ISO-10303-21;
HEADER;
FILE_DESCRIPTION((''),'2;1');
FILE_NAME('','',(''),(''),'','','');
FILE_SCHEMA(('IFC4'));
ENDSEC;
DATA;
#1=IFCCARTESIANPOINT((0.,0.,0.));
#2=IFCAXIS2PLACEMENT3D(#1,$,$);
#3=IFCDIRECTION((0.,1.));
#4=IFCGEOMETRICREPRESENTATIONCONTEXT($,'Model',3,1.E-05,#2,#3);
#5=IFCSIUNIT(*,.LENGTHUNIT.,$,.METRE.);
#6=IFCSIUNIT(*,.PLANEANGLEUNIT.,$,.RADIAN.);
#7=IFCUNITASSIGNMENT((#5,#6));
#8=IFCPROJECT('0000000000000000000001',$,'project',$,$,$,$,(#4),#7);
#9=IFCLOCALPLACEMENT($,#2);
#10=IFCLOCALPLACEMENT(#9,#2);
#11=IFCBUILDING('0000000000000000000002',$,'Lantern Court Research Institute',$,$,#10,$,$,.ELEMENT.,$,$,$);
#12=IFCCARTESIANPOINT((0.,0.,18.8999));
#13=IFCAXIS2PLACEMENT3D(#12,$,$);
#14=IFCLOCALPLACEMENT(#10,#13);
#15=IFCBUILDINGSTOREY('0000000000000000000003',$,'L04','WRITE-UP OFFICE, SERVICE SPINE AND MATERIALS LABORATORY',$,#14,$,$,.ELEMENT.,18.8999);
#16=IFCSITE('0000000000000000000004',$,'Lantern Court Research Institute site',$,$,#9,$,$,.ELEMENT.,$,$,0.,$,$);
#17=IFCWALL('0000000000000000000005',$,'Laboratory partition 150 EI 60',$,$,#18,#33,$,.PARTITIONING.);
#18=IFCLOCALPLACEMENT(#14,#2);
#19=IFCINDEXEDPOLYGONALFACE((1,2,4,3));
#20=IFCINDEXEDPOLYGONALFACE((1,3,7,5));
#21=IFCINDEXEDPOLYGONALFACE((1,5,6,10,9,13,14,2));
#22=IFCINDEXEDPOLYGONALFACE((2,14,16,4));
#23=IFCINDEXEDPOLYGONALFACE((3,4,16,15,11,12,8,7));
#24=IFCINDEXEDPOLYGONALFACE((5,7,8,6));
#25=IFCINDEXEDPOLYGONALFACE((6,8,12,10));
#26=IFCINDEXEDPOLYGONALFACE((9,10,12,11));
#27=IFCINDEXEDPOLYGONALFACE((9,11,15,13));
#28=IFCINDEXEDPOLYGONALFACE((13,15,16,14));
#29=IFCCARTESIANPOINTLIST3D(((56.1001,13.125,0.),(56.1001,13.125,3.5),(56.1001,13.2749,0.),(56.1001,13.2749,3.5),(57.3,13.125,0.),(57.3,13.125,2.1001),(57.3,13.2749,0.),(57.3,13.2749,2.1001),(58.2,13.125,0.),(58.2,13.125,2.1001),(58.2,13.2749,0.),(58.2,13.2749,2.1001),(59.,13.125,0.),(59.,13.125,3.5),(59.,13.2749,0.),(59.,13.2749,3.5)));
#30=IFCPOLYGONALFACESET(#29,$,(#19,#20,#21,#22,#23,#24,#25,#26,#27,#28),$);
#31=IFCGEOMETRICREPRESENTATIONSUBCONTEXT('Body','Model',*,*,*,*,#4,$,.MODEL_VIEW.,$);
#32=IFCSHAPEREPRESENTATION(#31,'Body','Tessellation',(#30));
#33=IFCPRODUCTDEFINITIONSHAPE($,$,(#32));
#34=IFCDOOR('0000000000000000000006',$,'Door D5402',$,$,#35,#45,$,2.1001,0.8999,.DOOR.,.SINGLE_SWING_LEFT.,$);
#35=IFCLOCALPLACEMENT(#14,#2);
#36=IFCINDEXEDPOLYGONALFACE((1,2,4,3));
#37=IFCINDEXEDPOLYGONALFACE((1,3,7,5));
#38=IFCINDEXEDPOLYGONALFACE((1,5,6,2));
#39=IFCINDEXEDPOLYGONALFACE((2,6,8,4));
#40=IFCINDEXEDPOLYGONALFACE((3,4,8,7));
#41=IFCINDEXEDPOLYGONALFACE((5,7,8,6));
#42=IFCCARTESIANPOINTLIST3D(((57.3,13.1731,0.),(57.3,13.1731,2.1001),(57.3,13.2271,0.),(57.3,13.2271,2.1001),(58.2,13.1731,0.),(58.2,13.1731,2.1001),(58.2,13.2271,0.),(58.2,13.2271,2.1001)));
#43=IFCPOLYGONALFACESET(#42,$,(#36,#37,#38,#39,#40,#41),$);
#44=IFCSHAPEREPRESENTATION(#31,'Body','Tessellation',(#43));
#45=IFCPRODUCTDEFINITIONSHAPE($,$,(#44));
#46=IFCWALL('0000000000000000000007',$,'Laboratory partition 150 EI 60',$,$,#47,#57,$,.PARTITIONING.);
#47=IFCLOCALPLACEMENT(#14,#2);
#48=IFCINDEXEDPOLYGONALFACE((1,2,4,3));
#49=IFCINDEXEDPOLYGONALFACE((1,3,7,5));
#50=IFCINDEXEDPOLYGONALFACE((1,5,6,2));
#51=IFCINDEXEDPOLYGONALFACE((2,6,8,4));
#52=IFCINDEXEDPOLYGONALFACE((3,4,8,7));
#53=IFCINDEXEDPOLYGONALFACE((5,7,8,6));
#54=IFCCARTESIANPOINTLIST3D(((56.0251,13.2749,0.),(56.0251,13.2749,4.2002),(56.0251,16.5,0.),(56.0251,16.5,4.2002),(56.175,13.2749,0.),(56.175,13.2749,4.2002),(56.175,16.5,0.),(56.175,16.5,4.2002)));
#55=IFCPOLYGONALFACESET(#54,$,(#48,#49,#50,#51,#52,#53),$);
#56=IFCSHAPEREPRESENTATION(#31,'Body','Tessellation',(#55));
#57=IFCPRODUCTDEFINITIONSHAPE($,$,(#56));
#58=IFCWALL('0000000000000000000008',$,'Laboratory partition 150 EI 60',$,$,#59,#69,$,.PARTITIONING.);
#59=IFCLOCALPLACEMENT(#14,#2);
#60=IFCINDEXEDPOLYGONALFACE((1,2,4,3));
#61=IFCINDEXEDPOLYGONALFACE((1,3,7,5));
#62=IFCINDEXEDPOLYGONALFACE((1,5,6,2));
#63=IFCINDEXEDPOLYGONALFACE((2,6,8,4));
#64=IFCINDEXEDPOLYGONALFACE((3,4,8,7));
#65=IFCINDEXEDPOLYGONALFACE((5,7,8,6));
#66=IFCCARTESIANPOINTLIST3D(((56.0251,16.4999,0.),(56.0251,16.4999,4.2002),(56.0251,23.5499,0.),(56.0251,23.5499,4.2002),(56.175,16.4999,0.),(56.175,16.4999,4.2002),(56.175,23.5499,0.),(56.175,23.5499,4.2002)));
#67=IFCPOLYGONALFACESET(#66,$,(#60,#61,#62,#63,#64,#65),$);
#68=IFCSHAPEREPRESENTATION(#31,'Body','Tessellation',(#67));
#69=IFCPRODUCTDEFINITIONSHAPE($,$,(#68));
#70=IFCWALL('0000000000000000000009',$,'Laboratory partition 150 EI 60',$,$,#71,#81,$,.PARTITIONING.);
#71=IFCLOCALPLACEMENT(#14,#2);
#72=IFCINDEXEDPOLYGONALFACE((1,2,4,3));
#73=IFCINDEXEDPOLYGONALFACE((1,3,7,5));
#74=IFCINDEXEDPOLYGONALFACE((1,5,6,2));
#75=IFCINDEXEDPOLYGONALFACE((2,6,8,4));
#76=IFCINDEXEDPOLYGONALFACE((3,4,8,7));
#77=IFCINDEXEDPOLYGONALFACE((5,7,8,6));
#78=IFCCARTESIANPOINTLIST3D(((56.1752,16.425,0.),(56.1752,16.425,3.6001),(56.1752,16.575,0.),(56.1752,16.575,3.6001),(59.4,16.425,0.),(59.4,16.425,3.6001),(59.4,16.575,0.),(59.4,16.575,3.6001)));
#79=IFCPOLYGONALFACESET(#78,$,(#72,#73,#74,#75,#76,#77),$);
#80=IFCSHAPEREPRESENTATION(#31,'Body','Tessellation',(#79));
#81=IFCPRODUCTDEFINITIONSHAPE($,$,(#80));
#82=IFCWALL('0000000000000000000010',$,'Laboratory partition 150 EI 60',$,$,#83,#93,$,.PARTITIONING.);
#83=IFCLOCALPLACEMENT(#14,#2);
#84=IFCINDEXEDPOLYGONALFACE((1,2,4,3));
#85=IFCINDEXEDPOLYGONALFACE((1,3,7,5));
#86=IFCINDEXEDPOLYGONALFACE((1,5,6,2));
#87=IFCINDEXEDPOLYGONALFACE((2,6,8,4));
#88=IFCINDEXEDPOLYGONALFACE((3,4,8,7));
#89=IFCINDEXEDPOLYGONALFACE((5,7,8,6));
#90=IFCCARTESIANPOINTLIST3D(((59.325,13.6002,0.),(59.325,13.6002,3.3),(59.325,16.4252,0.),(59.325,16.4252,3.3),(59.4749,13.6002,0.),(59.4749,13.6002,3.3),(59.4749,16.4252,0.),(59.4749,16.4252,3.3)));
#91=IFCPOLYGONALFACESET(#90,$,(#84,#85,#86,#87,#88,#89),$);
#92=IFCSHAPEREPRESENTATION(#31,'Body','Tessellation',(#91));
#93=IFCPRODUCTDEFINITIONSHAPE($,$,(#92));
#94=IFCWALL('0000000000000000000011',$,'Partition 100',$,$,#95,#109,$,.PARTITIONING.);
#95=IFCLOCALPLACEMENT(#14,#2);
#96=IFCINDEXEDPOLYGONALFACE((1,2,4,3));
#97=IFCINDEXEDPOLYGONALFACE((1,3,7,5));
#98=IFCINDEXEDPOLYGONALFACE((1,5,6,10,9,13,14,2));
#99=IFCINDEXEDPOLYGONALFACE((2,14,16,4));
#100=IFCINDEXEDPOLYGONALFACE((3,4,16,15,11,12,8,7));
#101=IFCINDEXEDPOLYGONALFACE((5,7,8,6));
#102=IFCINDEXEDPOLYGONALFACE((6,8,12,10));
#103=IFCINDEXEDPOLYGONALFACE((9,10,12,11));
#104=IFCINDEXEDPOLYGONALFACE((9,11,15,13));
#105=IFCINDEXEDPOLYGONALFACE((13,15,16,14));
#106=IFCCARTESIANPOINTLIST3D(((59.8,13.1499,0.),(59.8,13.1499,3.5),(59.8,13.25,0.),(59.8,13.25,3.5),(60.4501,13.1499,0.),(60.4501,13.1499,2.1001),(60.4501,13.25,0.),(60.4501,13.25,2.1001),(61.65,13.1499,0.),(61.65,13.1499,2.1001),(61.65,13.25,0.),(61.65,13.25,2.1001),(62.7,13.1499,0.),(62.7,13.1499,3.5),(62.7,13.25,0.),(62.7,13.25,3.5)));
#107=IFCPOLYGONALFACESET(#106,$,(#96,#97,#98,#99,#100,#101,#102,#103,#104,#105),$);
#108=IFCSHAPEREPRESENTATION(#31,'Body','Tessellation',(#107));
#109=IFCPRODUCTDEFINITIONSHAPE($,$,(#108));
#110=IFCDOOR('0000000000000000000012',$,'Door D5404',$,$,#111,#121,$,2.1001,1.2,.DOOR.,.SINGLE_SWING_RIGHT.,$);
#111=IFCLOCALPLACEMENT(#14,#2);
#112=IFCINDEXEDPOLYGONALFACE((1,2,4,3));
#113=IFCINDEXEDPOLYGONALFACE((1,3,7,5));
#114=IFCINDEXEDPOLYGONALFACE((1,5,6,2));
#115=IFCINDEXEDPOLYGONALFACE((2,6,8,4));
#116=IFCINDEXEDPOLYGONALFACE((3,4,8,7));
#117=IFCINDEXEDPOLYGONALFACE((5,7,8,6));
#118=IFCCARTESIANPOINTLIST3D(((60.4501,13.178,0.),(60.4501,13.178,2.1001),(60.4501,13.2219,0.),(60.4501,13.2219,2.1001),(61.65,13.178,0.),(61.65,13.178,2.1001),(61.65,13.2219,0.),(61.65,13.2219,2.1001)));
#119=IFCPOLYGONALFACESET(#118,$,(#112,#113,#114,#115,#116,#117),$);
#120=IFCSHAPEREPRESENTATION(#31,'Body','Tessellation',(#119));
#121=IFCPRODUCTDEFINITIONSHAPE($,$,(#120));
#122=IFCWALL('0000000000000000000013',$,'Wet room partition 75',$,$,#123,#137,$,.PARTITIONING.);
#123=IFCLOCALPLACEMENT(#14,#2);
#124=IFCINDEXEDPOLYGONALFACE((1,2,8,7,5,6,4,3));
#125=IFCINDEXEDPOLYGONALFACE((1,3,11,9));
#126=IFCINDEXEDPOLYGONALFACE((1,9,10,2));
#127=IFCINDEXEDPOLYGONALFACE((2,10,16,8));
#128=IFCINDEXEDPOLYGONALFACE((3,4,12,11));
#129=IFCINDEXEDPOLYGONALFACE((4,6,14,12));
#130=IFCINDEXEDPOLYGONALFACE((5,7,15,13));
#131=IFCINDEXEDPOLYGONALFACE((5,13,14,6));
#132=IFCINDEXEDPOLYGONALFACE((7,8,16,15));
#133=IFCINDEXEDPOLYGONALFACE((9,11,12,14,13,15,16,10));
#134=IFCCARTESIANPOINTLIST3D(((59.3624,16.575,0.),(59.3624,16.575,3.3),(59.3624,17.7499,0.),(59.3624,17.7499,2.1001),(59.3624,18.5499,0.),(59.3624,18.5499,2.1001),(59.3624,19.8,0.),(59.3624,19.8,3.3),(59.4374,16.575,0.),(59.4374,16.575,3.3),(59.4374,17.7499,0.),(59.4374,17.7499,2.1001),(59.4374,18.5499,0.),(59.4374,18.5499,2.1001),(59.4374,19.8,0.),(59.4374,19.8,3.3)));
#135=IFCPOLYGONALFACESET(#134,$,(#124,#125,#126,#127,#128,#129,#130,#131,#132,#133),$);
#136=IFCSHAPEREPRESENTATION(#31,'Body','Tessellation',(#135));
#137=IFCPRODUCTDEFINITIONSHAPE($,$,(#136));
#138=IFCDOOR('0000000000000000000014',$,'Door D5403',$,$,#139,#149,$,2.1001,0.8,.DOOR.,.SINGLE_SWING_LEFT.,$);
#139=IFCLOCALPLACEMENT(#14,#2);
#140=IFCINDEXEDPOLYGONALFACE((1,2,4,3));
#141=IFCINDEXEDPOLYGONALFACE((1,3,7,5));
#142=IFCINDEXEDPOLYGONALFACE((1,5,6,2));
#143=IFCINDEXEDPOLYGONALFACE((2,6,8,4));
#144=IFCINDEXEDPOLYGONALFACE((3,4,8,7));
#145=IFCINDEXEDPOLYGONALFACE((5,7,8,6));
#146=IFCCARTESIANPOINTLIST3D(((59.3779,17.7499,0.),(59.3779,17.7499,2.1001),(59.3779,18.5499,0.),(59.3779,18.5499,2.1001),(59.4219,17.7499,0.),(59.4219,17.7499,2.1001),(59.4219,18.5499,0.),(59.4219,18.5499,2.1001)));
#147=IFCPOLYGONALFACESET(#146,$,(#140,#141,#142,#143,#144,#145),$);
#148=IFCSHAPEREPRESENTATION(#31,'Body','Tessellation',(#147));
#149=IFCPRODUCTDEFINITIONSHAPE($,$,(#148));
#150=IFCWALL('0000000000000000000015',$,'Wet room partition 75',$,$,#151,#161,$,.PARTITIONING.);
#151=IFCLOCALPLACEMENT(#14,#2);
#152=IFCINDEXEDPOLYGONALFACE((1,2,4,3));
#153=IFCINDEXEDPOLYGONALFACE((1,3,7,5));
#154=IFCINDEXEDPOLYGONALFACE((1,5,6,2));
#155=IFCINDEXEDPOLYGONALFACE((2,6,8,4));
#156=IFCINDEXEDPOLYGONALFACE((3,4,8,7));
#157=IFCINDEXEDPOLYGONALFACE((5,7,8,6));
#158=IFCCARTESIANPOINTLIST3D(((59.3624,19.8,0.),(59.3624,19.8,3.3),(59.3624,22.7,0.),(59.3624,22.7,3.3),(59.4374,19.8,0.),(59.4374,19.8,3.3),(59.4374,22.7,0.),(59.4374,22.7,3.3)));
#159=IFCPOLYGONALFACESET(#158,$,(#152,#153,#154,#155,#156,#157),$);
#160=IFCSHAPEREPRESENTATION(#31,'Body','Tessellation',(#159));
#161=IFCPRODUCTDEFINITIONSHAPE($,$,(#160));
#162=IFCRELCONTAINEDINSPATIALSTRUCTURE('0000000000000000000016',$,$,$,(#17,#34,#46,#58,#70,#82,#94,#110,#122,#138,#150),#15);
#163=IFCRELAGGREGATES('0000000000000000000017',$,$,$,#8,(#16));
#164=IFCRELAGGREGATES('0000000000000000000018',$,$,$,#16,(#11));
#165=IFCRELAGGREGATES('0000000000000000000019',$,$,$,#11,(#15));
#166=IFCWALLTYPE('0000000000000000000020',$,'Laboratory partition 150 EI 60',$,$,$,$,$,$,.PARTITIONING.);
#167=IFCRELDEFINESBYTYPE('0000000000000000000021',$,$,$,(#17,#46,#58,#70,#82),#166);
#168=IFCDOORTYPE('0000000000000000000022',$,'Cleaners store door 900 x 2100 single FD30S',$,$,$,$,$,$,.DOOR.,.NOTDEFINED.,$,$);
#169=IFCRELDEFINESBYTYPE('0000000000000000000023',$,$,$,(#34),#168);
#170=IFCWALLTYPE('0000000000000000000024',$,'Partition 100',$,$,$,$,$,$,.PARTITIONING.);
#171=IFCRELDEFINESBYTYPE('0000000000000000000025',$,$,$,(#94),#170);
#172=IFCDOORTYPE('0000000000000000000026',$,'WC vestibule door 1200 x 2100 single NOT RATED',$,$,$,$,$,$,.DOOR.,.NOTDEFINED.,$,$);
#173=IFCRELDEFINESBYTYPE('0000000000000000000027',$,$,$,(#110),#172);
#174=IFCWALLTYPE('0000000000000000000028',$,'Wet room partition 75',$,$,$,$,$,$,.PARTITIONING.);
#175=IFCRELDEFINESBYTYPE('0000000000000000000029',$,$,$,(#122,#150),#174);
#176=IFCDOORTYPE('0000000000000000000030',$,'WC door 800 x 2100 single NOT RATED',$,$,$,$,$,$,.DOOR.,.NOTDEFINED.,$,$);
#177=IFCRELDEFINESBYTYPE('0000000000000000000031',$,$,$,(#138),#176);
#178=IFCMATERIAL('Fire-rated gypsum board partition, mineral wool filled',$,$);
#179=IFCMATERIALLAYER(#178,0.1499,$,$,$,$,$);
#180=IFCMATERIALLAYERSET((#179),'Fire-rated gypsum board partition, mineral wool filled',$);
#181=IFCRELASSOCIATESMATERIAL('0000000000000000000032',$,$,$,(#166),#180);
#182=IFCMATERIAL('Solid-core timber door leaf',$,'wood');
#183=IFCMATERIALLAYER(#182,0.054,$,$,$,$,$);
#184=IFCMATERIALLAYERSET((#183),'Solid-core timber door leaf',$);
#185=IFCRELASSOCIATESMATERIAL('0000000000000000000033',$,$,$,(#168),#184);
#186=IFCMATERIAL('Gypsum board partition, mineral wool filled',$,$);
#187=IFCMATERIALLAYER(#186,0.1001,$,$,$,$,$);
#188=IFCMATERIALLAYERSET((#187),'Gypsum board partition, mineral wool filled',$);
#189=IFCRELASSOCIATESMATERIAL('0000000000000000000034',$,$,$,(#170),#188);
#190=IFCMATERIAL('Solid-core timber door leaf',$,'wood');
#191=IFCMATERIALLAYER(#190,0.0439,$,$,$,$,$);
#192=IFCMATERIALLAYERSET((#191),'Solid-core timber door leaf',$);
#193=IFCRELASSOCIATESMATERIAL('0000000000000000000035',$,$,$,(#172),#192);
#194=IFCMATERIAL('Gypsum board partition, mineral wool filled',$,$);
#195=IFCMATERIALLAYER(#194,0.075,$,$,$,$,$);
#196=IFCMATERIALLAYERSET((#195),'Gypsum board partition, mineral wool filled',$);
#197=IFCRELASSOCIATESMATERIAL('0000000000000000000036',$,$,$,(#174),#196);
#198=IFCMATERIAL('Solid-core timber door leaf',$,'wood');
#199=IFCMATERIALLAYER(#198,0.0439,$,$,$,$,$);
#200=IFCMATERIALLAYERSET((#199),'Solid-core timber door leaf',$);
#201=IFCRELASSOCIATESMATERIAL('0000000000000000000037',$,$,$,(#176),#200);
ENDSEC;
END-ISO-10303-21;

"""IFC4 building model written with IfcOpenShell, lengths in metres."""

from ifc_helpers import new_model, si_unit, direction, frame, frame_2d, origin, place, context, subcontext, project, spatial, rectangle, extrude, material, layer, layer_set, type_object, element, fill, save


model = new_model("IFC4")

# Units and contexts
model_context = context("Model", 3, precision=1e-05, world=origin(), true_north=direction((0.0, 1.0)))
body_context = subcontext(model_context, "Body", "Model", "MODEL_VIEW")
ifc_project = project(units=[si_unit("LENGTHUNIT", "METRE"), si_unit("PLANEANGLEUNIT", "RADIAN")], contexts=[model_context])

# Site, building, storey
site_placement = place(None, origin())
site = spatial("IfcSite", under=ifc_project, at=site_placement, Name="Lantern Court Research Institute site", CompositionType="ELEMENT", RefElevation=0.0)
building_placement = place(site_placement, origin())
building = spatial("IfcBuilding", under=site, at=building_placement, Name="Lantern Court Research Institute", CompositionType="ELEMENT")
storey_placement = place(building_placement, frame((0.0, 0.0, 18.8999)))
storey = spatial("IfcBuildingStorey", under=building, at=storey_placement, Name="L04", Description="WRITE-UP OFFICE, SERVICE SPINE AND MATERIALS LABORATORY", CompositionType="ELEMENT", Elevation=18.8999)

# Wall, opening, door
ifc_material_1 = material(Name="Fire-rated gypsum board partition, mineral wool filled")
ifc_layer_1 = layer(ifc_material_1, 0.1499)
ifc_layer_set_1 = layer_set([ifc_layer_1], Name="Fire-rated gypsum board partition, mineral wool filled")
wall_type_1 = type_object("IfcWallType", Name="Laboratory partition 150 EI 60", PredefinedType="PARTITIONING", material=ifc_layer_set_1)
wall_1_placement = place(storey_placement, frame((59.0, 13.2, 0.0), z_axis=(0.0, 0.0, 1.0), x_axis=(-1.0, 0.0, 0.0)))
wall_1 = element("IfcWall", 1, at=wall_1_placement, inside=storey, type_object=wall_type_1, Name="Laboratory partition 150 EI 60", PredefinedType="PARTITIONING", context=body_context, shape_type="SweptSolid", body=[
    extrude(rectangle(XDim=2.8999, YDim=0.1499, at=frame_2d((1.45, 0.0))), origin(), (0.0, 0.0, 1.0), 3.5),
])
opening_1_placement = place(wall_1_placement, frame((0.8, 0.0, 0.0)))
opening_1 = element("IfcOpeningElement", 2, at=opening_1_placement, cuts=wall_1, PredefinedType="OPENING", context=body_context, shape_type="SweptSolid", body=[
    extrude(rectangle(XDim=0.8999, YDim=2.1001, at=frame_2d((0.45, 1.05))), frame((0.0, 0.085, 0.0), z_axis=(0.0, -1.0, 0.0), x_axis=(1.0, 0.0, 0.0)), (0.0, 0.0, 1.0), 0.1699),
])
ifc_material_2 = material(Name="Solid-core timber door leaf", Category="wood")
ifc_layer_2 = layer(ifc_material_2, 0.054)
ifc_layer_set_2 = layer_set([ifc_layer_2], Name="Solid-core timber door leaf")
door_type_1 = type_object("IfcDoorType", Name="Cleaners store door 900 x 2100 single FD30S", OperationType="NOTDEFINED", PredefinedType="DOOR", material=ifc_layer_set_2)
door_1_placement = place(opening_1_placement, origin())
door_1 = element("IfcDoor", 3, at=door_1_placement, inside=storey, type_object=door_type_1, Name="Door D5402", OperationType="SINGLE_SWING_LEFT", OverallHeight=2.1001, OverallWidth=0.8999, PredefinedType="DOOR", context=body_context, shape_type="SweptSolid", body=[
    extrude(rectangle(XDim=0.8999, YDim=2.1001, at=frame_2d((0.45, 1.05))), frame((0.0, 0.0269, 0.0), z_axis=(0.0, -1.0, 0.0), x_axis=(1.0, 0.0, 0.0)), (0.0, 0.0, 1.0), 0.054),
])
fill(opening_1, door_1)

# Walls
wall_2_placement = place(storey_placement, frame((56.1001, 13.2749, 0.0), z_axis=(0.0, 0.0, 1.0), x_axis=(0.0, 1.0, 0.0)))
element("IfcWall", 4, at=wall_2_placement, inside=storey, type_object=wall_type_1, Name="Laboratory partition 150 EI 60", PredefinedType="PARTITIONING", context=body_context, shape_type="SweptSolid", body=[
    extrude(rectangle(XDim=3.2251, YDim=0.1499, at=frame_2d((1.6125, 0.0))), origin(), (0.0, 0.0, 1.0), 4.2002),
])
wall_3_placement = place(storey_placement, frame((56.1001, 16.5, 0.0), z_axis=(0.0, 0.0, 1.0), x_axis=(0.0, 1.0, 0.0)))
element("IfcWall", 5, at=wall_3_placement, inside=storey, type_object=wall_type_1, Name="Laboratory partition 150 EI 60", PredefinedType="PARTITIONING", context=body_context, shape_type="SweptSolid", body=[
    extrude(rectangle(XDim=7.05, YDim=0.1499, at=frame_2d((3.5249, 0.0))), origin(), (0.0, 0.0, 1.0), 4.2002),
])
wall_4_placement = place(storey_placement, frame((59.3999, 16.5, 0.0), z_axis=(0.0, 0.0, 1.0), x_axis=(-1.0, 0.0, 0.0)))
element("IfcWall", 6, at=wall_4_placement, inside=storey, type_object=wall_type_1, Name="Laboratory partition 150 EI 60", PredefinedType="PARTITIONING", context=body_context, shape_type="SweptSolid", body=[
    extrude(rectangle(XDim=3.2249, YDim=0.1499, at=frame_2d((1.6123, 0.0))), origin(), (0.0, 0.0, 1.0), 3.6001),
])
wall_5_placement = place(storey_placement, frame((59.3999, 13.6001, 0.0), z_axis=(0.0, 0.0, 1.0), x_axis=(0.0, 1.0, 0.0)))
element("IfcWall", 7, at=wall_5_placement, inside=storey, type_object=wall_type_1, Name="Laboratory partition 150 EI 60", PredefinedType="PARTITIONING", context=body_context, shape_type="SweptSolid", body=[
    extrude(rectangle(XDim=2.825, YDim=0.1499, at=frame_2d((1.4126, 0.0))), origin(), (0.0, 0.0, 1.0), 3.3),
])

# Walls, openings, doors
ifc_material_3 = material(Name="Gypsum board partition, mineral wool filled")
ifc_layer_3 = layer(ifc_material_3, 0.1001)
ifc_layer_set_3 = layer_set([ifc_layer_3], Name="Gypsum board partition, mineral wool filled")
wall_type_2 = type_object("IfcWallType", Name="Partition 100", PredefinedType="PARTITIONING", material=ifc_layer_set_3)
wall_6_placement = place(storey_placement, frame((59.8, 13.2, 0.0), z_axis=(0.0, 0.0, 1.0), x_axis=(1.0, 0.0, 0.0)))
wall_6 = element("IfcWall", 8, at=wall_6_placement, inside=storey, type_object=wall_type_2, Name="Partition 100", PredefinedType="PARTITIONING", context=body_context, shape_type="SweptSolid", body=[
    extrude(rectangle(XDim=2.8999, YDim=0.1001, at=frame_2d((1.45, 0.0))), origin(), (0.0, 0.0, 1.0), 3.5),
])
opening_2_placement = place(wall_6_placement, frame((0.6499, 0.0, 0.0)))
opening_2 = element("IfcOpeningElement", 9, at=opening_2_placement, cuts=wall_6, PredefinedType="OPENING", context=body_context, shape_type="SweptSolid", body=[
    extrude(rectangle(XDim=1.2, YDim=2.1001, at=frame_2d((0.6001, 1.05))), frame((0.0, 0.0601, 0.0), z_axis=(0.0, -1.0, 0.0), x_axis=(1.0, 0.0, 0.0)), (0.0, 0.0, 1.0), 0.1201),
])
ifc_material_4 = material(Name="Solid-core timber door leaf", Category="wood")
ifc_layer_4 = layer(ifc_material_4, 0.0439)
ifc_layer_set_4 = layer_set([ifc_layer_4], Name="Solid-core timber door leaf")
door_type_2 = type_object("IfcDoorType", Name="WC vestibule door 1200 x 2100 single NOT RATED", OperationType="NOTDEFINED", PredefinedType="DOOR", material=ifc_layer_set_4)
door_2_placement = place(opening_2_placement, origin())
door_2 = element("IfcDoor", 10, at=door_2_placement, inside=storey, type_object=door_type_2, Name="Door D5404", OperationType="SINGLE_SWING_RIGHT", OverallHeight=2.1001, OverallWidth=1.2, PredefinedType="DOOR", context=body_context, shape_type="SweptSolid", body=[
    extrude(rectangle(XDim=1.2, YDim=2.1001, at=frame_2d((0.6001, 1.05))), frame((0.0, 0.022, 0.0), z_axis=(0.0, -1.0, 0.0), x_axis=(1.0, 0.0, 0.0)), (0.0, 0.0, 1.0), 0.0439),
])
fill(opening_2, door_2)
ifc_material_5 = material(Name="Gypsum board partition, mineral wool filled")
ifc_layer_5 = layer(ifc_material_5, 0.075)
ifc_layer_set_5 = layer_set([ifc_layer_5], Name="Gypsum board partition, mineral wool filled")
wall_type_3 = type_object("IfcWallType", Name="Wet room partition 75", PredefinedType="PARTITIONING", material=ifc_layer_set_5)
wall_7_placement = place(storey_placement, frame((59.3999, 16.575, 0.0), z_axis=(0.0, 0.0, 1.0), x_axis=(0.0, 1.0, 0.0)))
wall_7 = element("IfcWall", 11, at=wall_7_placement, inside=storey, type_object=wall_type_3, Name="Wet room partition 75", PredefinedType="PARTITIONING", context=body_context, shape_type="SweptSolid", body=[
    extrude(rectangle(XDim=3.2251, YDim=0.075, at=frame_2d((1.6125, 0.0))), origin(), (0.0, 0.0, 1.0), 3.3),
])
opening_3_placement = place(wall_7_placement, frame((1.175, 0.0, 0.0)))
opening_3 = element("IfcOpeningElement", 12, at=opening_3_placement, cuts=wall_7, PredefinedType="OPENING", context=body_context, shape_type="SweptSolid", body=[
    extrude(rectangle(XDim=0.8, YDim=2.1001, at=frame_2d((0.3999, 1.05))), frame((0.0, 0.0474, 0.0), z_axis=(0.0, -1.0, 0.0), x_axis=(1.0, 0.0, 0.0)), (0.0, 0.0, 1.0), 0.095),
])
ifc_material_6 = material(Name="Solid-core timber door leaf", Category="wood")
ifc_layer_6 = layer(ifc_material_6, 0.0439)
ifc_layer_set_6 = layer_set([ifc_layer_6], Name="Solid-core timber door leaf")
door_type_3 = type_object("IfcDoorType", Name="WC door 800 x 2100 single NOT RATED", OperationType="NOTDEFINED", PredefinedType="DOOR", material=ifc_layer_set_6)
door_3_placement = place(opening_3_placement, origin())
door_3 = element("IfcDoor", 13, at=door_3_placement, inside=storey, type_object=door_type_3, Name="Door D5403", OperationType="SINGLE_SWING_LEFT", OverallHeight=2.1001, OverallWidth=0.8, PredefinedType="DOOR", context=body_context, shape_type="SweptSolid", body=[
    extrude(rectangle(XDim=0.8, YDim=2.1001, at=frame_2d((0.3999, 1.05))), frame((0.0, 0.022, 0.0), z_axis=(0.0, -1.0, 0.0), x_axis=(1.0, 0.0, 0.0)), (0.0, 0.0, 1.0), 0.0439),
])
fill(opening_3, door_3)

# Wall
wall_8_placement = place(storey_placement, frame((59.3999, 19.8, 0.0), z_axis=(0.0, 0.0, 1.0), x_axis=(0.0, 1.0, 0.0)))
element("IfcWall", 14, at=wall_8_placement, inside=storey, type_object=wall_type_3, Name="Wet room partition 75", PredefinedType="PARTITIONING", context=body_context, shape_type="SweptSolid", body=[
    extrude(rectangle(XDim=2.8999, YDim=0.075, at=frame_2d((1.45, 0.0))), origin(), (0.0, 0.0, 1.0), 3.3),
])

save(model, "model.ifc")
